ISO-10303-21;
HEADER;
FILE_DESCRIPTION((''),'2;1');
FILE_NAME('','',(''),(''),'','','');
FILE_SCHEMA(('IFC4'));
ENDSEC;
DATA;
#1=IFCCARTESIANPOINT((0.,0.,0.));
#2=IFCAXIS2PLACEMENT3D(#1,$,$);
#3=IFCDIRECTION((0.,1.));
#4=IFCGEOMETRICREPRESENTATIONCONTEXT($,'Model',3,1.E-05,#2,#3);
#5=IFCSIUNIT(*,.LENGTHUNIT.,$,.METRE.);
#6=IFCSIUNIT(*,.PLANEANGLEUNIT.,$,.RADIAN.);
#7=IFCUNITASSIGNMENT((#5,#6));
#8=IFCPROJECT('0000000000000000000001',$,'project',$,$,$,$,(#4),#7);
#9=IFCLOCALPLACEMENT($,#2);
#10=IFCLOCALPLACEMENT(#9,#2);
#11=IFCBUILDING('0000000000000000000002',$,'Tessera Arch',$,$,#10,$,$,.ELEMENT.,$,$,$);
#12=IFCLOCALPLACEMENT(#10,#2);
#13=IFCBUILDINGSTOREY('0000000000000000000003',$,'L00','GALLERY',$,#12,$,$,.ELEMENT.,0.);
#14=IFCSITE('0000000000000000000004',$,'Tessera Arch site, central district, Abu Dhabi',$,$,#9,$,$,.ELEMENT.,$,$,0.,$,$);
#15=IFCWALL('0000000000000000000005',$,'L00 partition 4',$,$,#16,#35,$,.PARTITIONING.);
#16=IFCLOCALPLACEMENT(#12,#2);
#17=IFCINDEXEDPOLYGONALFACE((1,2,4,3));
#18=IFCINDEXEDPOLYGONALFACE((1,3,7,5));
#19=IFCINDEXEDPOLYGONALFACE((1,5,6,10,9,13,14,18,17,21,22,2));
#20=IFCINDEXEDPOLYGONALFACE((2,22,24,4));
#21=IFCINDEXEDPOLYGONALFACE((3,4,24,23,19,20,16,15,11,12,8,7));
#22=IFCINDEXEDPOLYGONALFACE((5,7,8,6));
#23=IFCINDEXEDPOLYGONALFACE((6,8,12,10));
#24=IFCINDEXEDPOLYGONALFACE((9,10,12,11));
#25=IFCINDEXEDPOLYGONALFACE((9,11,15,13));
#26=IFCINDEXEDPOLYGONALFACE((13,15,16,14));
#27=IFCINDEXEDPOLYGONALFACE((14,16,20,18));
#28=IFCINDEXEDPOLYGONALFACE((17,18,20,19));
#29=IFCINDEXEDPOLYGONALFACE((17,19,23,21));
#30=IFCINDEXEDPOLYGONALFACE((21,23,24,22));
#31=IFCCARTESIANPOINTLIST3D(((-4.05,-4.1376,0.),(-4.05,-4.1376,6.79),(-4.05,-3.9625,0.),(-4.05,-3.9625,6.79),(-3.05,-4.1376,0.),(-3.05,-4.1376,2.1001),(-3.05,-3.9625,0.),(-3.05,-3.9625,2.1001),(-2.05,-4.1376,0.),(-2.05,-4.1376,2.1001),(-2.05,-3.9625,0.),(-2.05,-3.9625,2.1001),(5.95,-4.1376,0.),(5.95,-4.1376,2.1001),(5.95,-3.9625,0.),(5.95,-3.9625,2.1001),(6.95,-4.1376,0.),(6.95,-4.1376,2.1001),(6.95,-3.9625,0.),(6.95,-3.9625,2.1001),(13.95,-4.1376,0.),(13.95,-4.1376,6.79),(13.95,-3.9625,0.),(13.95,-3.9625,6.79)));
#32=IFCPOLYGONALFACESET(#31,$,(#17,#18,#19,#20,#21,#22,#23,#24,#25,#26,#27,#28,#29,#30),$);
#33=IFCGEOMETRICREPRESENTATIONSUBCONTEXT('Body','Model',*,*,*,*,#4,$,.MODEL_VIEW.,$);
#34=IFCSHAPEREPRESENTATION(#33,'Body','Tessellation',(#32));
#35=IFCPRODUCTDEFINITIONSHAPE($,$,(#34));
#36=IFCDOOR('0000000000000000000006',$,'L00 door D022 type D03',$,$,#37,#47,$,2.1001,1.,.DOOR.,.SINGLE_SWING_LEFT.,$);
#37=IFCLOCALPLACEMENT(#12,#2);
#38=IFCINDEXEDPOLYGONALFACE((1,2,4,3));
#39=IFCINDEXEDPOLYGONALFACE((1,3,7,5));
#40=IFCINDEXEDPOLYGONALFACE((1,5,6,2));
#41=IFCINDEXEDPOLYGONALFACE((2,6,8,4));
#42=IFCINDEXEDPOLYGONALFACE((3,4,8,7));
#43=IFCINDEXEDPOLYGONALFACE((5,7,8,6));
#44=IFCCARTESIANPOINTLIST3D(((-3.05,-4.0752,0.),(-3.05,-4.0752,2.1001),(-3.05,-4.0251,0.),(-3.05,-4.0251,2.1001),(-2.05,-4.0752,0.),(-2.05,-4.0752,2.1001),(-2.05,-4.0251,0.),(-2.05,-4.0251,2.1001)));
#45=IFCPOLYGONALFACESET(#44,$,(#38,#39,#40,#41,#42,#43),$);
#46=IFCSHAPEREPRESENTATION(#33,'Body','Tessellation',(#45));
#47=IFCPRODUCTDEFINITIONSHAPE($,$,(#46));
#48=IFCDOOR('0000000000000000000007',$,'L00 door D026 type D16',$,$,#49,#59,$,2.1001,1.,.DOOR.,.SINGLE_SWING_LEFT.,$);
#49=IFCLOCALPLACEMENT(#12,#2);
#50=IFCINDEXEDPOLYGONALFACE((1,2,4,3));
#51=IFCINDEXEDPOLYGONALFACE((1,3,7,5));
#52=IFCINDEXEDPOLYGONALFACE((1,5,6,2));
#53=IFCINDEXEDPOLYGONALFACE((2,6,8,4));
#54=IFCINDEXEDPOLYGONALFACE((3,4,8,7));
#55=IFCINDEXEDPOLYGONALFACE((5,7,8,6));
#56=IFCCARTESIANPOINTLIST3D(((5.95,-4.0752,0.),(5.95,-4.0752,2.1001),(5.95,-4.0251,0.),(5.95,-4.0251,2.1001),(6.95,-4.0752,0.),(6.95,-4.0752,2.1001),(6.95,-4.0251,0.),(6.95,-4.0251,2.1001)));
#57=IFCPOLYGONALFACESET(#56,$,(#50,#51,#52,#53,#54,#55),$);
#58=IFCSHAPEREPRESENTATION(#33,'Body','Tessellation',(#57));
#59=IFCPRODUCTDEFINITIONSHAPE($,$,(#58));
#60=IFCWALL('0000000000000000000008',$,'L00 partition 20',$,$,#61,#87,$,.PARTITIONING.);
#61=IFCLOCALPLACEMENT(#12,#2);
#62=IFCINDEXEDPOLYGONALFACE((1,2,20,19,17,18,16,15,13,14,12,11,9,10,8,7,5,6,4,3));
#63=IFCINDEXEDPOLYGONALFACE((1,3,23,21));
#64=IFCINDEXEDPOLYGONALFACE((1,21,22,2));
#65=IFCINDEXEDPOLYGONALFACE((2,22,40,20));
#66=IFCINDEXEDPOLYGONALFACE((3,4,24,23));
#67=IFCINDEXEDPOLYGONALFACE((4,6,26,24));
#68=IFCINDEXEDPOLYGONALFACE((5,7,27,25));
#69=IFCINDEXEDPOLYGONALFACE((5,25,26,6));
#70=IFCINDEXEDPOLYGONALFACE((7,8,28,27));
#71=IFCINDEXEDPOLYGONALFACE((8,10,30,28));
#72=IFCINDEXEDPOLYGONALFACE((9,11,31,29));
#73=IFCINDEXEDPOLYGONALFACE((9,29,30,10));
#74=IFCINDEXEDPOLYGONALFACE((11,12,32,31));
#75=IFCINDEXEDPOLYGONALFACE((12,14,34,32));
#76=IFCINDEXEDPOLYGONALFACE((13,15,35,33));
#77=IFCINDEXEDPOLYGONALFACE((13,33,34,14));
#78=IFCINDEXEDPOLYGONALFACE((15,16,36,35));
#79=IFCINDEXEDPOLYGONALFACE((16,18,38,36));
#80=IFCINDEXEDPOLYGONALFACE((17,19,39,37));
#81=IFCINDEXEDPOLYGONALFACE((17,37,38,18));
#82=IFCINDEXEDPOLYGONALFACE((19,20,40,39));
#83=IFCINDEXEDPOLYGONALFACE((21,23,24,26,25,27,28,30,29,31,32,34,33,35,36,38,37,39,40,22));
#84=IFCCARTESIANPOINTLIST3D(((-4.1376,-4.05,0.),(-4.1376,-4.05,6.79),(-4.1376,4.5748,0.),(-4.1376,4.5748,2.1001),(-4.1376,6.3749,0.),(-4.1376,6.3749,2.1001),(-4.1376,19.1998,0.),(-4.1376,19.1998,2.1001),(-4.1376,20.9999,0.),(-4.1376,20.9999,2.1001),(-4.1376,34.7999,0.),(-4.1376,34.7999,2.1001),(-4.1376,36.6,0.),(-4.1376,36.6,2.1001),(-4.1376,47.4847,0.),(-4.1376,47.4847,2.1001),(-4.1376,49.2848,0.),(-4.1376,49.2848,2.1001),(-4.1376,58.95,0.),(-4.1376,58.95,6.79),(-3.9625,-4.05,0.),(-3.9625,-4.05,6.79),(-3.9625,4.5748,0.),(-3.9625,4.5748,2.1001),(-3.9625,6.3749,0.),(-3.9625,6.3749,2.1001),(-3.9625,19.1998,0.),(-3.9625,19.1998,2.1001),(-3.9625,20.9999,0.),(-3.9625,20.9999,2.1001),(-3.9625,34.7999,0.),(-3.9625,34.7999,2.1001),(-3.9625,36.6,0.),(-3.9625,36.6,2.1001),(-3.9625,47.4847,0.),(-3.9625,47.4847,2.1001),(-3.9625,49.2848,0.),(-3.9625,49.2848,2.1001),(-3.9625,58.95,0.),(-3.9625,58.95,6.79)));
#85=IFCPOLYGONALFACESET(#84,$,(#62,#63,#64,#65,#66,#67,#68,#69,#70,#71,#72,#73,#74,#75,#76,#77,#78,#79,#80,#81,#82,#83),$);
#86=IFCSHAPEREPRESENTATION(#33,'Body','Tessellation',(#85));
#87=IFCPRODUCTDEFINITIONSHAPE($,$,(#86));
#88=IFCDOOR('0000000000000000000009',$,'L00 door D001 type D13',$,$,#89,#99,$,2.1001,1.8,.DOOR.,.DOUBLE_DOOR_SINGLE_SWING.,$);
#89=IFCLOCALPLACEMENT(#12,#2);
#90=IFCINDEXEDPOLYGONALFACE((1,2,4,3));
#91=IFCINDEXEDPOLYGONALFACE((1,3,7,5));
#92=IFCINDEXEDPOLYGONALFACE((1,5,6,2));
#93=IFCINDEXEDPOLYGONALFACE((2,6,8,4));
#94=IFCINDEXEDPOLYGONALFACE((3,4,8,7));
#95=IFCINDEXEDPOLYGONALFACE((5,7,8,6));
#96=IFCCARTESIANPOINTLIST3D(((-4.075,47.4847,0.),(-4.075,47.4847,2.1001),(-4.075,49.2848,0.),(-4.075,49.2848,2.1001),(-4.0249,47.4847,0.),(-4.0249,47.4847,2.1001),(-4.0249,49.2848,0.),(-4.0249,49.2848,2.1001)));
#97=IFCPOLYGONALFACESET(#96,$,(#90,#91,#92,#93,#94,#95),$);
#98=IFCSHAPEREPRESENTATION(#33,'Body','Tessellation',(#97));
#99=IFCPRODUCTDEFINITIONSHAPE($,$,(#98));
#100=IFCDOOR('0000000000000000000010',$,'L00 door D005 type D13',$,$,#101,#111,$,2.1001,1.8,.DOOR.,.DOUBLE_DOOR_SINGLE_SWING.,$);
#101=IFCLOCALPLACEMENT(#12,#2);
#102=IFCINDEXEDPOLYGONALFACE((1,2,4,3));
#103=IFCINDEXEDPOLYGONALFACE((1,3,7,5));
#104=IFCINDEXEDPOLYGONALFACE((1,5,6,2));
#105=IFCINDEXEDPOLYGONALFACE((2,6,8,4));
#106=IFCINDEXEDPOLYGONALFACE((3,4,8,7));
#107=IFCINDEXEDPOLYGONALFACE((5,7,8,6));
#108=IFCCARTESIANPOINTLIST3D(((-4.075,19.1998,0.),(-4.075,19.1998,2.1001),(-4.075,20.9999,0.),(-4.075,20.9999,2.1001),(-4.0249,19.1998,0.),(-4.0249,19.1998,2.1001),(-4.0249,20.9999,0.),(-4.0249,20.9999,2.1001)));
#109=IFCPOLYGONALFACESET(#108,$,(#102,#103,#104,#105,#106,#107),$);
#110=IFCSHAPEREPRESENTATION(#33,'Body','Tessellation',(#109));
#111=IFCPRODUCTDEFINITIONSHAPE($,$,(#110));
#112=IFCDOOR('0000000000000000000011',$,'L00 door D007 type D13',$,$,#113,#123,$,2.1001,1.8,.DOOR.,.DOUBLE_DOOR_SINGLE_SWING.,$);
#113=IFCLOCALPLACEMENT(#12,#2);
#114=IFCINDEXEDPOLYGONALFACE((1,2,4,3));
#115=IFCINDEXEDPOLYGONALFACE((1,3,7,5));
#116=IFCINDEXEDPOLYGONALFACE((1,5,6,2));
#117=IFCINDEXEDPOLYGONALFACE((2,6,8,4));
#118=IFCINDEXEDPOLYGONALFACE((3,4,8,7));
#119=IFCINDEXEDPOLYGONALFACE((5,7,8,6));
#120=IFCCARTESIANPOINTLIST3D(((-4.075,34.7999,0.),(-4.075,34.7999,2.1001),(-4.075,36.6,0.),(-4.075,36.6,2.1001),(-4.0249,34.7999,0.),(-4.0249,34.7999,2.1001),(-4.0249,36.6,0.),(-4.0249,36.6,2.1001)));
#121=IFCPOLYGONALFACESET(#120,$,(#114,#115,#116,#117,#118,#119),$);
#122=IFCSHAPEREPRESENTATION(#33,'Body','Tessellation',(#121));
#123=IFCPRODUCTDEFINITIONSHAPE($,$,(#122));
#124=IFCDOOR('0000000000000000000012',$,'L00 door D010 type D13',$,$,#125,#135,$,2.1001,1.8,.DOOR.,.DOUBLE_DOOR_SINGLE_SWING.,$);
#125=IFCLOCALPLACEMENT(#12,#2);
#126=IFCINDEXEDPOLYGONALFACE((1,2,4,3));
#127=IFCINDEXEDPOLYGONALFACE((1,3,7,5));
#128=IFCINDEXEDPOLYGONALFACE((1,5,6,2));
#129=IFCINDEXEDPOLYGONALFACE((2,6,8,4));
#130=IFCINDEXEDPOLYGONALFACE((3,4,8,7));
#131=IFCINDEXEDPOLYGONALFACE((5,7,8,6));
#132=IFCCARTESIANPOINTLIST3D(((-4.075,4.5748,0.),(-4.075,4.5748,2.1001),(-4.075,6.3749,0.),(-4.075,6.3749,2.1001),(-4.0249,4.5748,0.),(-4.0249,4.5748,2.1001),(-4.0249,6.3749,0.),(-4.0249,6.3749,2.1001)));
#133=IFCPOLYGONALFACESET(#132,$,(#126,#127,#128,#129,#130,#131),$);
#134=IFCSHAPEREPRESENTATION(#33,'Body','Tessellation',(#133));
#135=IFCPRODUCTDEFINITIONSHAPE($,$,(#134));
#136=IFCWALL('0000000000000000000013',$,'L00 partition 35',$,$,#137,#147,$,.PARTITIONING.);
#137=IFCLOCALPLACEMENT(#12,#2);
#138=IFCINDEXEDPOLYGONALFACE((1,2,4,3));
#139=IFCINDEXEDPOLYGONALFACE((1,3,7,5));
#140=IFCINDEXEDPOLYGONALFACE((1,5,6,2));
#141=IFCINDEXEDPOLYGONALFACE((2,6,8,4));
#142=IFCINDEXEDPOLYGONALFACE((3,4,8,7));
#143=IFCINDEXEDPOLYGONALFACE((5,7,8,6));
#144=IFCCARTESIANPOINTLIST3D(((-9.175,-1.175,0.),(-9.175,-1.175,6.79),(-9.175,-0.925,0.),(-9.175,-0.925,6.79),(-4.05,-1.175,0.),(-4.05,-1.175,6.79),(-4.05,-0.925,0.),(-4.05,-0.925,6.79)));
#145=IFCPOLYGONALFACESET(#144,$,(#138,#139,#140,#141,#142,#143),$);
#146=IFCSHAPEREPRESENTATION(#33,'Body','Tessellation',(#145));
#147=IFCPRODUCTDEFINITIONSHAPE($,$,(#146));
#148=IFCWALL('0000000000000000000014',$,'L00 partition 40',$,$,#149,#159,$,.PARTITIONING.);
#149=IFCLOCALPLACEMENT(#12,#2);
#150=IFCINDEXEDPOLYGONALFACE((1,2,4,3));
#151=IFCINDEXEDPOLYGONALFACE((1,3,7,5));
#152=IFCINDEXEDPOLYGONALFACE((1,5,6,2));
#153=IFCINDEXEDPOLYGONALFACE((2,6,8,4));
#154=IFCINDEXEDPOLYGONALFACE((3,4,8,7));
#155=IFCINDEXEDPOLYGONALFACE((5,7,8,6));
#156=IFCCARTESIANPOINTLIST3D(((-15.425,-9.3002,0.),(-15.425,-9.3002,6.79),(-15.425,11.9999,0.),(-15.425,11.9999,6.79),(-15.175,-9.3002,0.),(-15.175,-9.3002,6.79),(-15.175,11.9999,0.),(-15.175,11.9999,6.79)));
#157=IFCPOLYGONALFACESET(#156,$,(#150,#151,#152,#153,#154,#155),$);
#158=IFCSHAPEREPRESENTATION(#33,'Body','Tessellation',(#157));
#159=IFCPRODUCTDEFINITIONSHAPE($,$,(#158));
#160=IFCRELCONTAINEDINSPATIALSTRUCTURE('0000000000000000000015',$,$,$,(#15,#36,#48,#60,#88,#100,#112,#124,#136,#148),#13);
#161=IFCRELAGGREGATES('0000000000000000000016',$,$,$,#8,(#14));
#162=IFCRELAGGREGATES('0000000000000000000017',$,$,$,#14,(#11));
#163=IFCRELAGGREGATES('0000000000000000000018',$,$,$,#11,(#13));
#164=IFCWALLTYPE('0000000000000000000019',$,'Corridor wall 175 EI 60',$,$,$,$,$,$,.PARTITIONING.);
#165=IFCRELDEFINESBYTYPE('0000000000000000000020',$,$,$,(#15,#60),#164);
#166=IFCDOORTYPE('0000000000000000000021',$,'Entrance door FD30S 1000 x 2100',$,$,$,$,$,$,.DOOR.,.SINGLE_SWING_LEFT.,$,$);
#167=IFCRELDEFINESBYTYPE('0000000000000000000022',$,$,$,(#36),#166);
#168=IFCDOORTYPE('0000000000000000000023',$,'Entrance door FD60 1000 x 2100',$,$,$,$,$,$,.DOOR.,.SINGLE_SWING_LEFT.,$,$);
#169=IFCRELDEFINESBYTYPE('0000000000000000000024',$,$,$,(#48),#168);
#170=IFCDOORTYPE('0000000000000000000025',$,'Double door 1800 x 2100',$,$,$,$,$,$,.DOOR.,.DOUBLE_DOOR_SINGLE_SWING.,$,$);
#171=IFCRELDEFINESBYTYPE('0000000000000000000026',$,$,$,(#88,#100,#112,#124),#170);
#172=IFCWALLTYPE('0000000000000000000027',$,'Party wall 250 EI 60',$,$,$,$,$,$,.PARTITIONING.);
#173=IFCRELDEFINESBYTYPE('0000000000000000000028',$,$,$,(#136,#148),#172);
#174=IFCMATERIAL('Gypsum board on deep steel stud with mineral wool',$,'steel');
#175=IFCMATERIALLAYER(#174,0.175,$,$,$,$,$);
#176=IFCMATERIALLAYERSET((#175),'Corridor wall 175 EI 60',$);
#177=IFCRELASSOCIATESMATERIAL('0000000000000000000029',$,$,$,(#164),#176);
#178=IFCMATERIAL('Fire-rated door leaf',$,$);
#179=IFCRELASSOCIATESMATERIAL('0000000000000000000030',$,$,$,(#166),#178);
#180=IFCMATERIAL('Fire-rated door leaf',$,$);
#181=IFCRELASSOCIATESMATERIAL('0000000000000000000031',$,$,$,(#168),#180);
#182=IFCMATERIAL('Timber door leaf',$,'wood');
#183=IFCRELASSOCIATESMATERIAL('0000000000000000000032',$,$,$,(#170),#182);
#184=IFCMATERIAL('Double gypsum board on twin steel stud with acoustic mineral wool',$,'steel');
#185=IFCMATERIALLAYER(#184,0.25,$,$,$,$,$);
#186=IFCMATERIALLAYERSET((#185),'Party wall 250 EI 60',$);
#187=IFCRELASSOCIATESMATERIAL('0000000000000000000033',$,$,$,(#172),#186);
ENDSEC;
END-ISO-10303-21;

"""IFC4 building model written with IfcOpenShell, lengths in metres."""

from ifc_helpers import new_model, si_unit, direction, frame, frame_2d, origin, place, context, subcontext, project, spatial, rectangle, extrude, material, layer, layer_set, type_object, element, fill, save


model = new_model("IFC4")

# Units and contexts
model_context = context("Model", 3, precision=1e-05, world=origin(), true_north=direction((0.0, 1.0)))
body_context = subcontext(model_context, "Body", "Model", "MODEL_VIEW")
ifc_project = project(units=[si_unit("LENGTHUNIT", "METRE"), si_unit("PLANEANGLEUNIT", "RADIAN")], contexts=[model_context])

# Site, building, storey
site_placement = place(None, origin())
site = spatial("IfcSite", under=ifc_project, at=site_placement, Name="Tessera Arch site, central district, Abu Dhabi", CompositionType="ELEMENT", RefElevation=0.0)
building_placement = place(site_placement, origin())
building = spatial("IfcBuilding", under=site, at=building_placement, Name="Tessera Arch", CompositionType="ELEMENT")
storey_placement = place(building_placement, origin())
storey = spatial("IfcBuildingStorey", under=building, at=storey_placement, Name="L00", Description="GALLERY", CompositionType="ELEMENT", Elevation=0.0)

# Walls, openings, doors
ifc_material_1 = material(Name="Gypsum board on deep steel stud with mineral wool", Category="steel")
ifc_layer_1 = layer(ifc_material_1, 0.175)
ifc_layer_set_1 = layer_set([ifc_layer_1], Name="Corridor wall 175 EI 60")
wall_type_1 = type_object("IfcWallType", Name="Corridor wall 175 EI 60", PredefinedType="PARTITIONING", material=ifc_layer_set_1)
wall_1_placement = place(storey_placement, frame((-4.05, -4.05, 0.0), z_axis=(0.0, 0.0, 1.0), x_axis=(1.0, 0.0, 0.0)))
wall_1 = element("IfcWall", 1, at=wall_1_placement, inside=storey, type_object=wall_type_1, Name="L00 partition 4", PredefinedType="PARTITIONING", context=body_context, shape_type="SweptSolid", body=[
    extrude(rectangle(XDim=18.0, YDim=0.175, at=frame_2d((9.0, 0.0))), origin(), (0.0, 0.0, 1.0), 6.79),
])
opening_1_placement = place(wall_1_placement, frame((1.0, 0.0, 0.0)))
opening_1 = element("IfcOpeningElement", 2, at=opening_1_placement, cuts=wall_1, PredefinedType="OPENING", context=body_context, shape_type="SweptSolid", body=[
    extrude(rectangle(XDim=1.0, YDim=2.1001, at=frame_2d((0.5, 1.05))), frame((0.0, 0.0974, 0.0), z_axis=(0.0, -1.0, 0.0), x_axis=(1.0, 0.0, 0.0)), (0.0, 0.0, 1.0), 0.1951),
])
opening_2_placement = place(wall_1_placement, frame((10.0, 0.0, 0.0)))
opening_2 = element("IfcOpeningElement", 3, at=opening_2_placement, cuts=wall_1, PredefinedType="OPENING", context=body_context, shape_type="SweptSolid", body=[
    extrude(rectangle(XDim=1.0, YDim=2.1001, at=frame_2d((0.5, 1.05))), frame((0.0, 0.0974, 0.0), z_axis=(0.0, -1.0, 0.0), x_axis=(1.0, 0.0, 0.0)), (0.0, 0.0, 1.0), 0.1951),
])
ifc_material_2 = material(Name="Fire-rated door leaf")
door_type_1 = type_object("IfcDoorType", Name="Entrance door FD30S 1000 x 2100", OperationType="SINGLE_SWING_LEFT", PredefinedType="DOOR", material=ifc_material_2)
door_1_placement = place(opening_1_placement, origin())
door_1 = element("IfcDoor", 4, at=door_1_placement, inside=storey, type_object=door_type_1, Name="L00 door D022 type D03", OperationType="SINGLE_SWING_LEFT", OverallHeight=2.1001, OverallWidth=1.0, PredefinedType="DOOR", context=body_context, shape_type="SweptSolid", body=[
    extrude(rectangle(XDim=1.0, YDim=2.1001, at=frame_2d((0.5, 1.05))), frame((0.0, 0.0249, 0.0), z_axis=(0.0, -1.0, 0.0), x_axis=(1.0, 0.0, 0.0)), (0.0, 0.0, 1.0), 0.05),
])
fill(opening_1, door_1)
ifc_material_3 = material(Name="Fire-rated door leaf")
door_type_2 = type_object("IfcDoorType", Name="Entrance door FD60 1000 x 2100", OperationType="SINGLE_SWING_LEFT", PredefinedType="DOOR", material=ifc_material_3)
door_2_placement = place(opening_2_placement, origin())
door_2 = element("IfcDoor", 5, at=door_2_placement, inside=storey, type_object=door_type_2, Name="L00 door D026 type D16", OperationType="SINGLE_SWING_LEFT", OverallHeight=2.1001, OverallWidth=1.0, PredefinedType="DOOR", context=body_context, shape_type="SweptSolid", body=[
    extrude(rectangle(XDim=1.0, YDim=2.1001, at=frame_2d((0.5, 1.05))), frame((0.0, 0.0249, 0.0), z_axis=(0.0, -1.0, 0.0), x_axis=(1.0, 0.0, 0.0)), (0.0, 0.0, 1.0), 0.05),
])
fill(opening_2, door_2)
wall_2_placement = place(storey_placement, frame((-4.05, -4.05, 0.0), z_axis=(0.0, 0.0, 1.0), x_axis=(0.0, 1.0, 0.0)))
wall_2 = element("IfcWall", 6, at=wall_2_placement, inside=storey, type_object=wall_type_1, Name="L00 partition 20", PredefinedType="PARTITIONING", context=body_context, shape_type="SweptSolid", body=[
    extrude(rectangle(XDim=63.0, YDim=0.175, at=frame_2d((31.5, 0.0))), origin(), (0.0, 0.0, 1.0), 6.79),
])
opening_3_placement = place(wall_2_placement, frame((51.5349, 0.0, 0.0)))
opening_3 = element("IfcOpeningElement", 7, at=opening_3_placement, cuts=wall_2, PredefinedType="OPENING", context=body_context, shape_type="SweptSolid", body=[
    extrude(rectangle(XDim=1.8, YDim=2.1001, at=frame_2d((0.8999, 1.05))), frame((0.0, 0.0974, 0.0), z_axis=(0.0, -1.0, 0.0), x_axis=(1.0, 0.0, 0.0)), (0.0, 0.0, 1.0), 0.1951),
])
opening_4_placement = place(wall_2_placement, frame((23.25, 0.0, 0.0)))
opening_4 = element("IfcOpeningElement", 8, at=opening_4_placement, cuts=wall_2, PredefinedType="OPENING", context=body_context, shape_type="SweptSolid", body=[
    extrude(rectangle(XDim=1.8, YDim=2.1001, at=frame_2d((0.8999, 1.05))), frame((0.0, 0.0974, 0.0), z_axis=(0.0, -1.0, 0.0), x_axis=(1.0, 0.0, 0.0)), (0.0, 0.0, 1.0), 0.1951),
])
opening_5_placement = place(wall_2_placement, frame((38.8501, 0.0, 0.0)))
opening_5 = element("IfcOpeningElement", 9, at=opening_5_placement, cuts=wall_2, PredefinedType="OPENING", context=body_context, shape_type="SweptSolid", body=[
    extrude(rectangle(XDim=1.8, YDim=2.1001, at=frame_2d((0.8999, 1.05))), frame((0.0, 0.0974, 0.0), z_axis=(0.0, -1.0, 0.0), x_axis=(1.0, 0.0, 0.0)), (0.0, 0.0, 1.0), 0.1951),
])
opening_6_placement = place(wall_2_placement, frame((8.625, 0.0, 0.0)))
opening_6 = element("IfcOpeningElement", 10, at=opening_6_placement, cuts=wall_2, PredefinedType="OPENING", context=body_context, shape_type="SweptSolid", body=[
    extrude(rectangle(XDim=1.8, YDim=2.1001, at=frame_2d((0.8999, 1.05))), frame((0.0, 0.0974, 0.0), z_axis=(0.0, -1.0, 0.0), x_axis=(1.0, 0.0, 0.0)), (0.0, 0.0, 1.0), 0.1951),
])
ifc_material_4 = material(Name="Timber door leaf", Category="wood")
door_type_3 = type_object("IfcDoorType", Name="Double door 1800 x 2100", OperationType="DOUBLE_DOOR_SINGLE_SWING", PredefinedType="DOOR", material=ifc_material_4)
door_3_placement = place(opening_3_placement, origin())
door_3 = element("IfcDoor", 11, at=door_3_placement, inside=storey, type_object=door_type_3, Name="L00 door D001 type D13", OperationType="DOUBLE_DOOR_SINGLE_SWING", OverallHeight=2.1001, OverallWidth=1.8, PredefinedType="DOOR", context=body_context, shape_type="SweptSolid", body=[
    extrude(rectangle(XDim=1.8, YDim=2.1001, at=frame_2d((0.8999, 1.05))), frame((0.0, 0.0249, 0.0), z_axis=(0.0, -1.0, 0.0), x_axis=(1.0, 0.0, 0.0)), (0.0, 0.0, 1.0), 0.05),
])
fill(opening_3, door_3)
door_4_placement = place(opening_4_placement, origin())
door_4 = element("IfcDoor", 12, at=door_4_placement, inside=storey, type_object=door_type_3, Name="L00 door D005 type D13", OperationType="DOUBLE_DOOR_SINGLE_SWING", OverallHeight=2.1001, OverallWidth=1.8, PredefinedType="DOOR", context=body_context, shape_type="SweptSolid", body=[
    extrude(rectangle(XDim=1.8, YDim=2.1001, at=frame_2d((0.8999, 1.05))), frame((0.0, 0.0249, 0.0), z_axis=(0.0, -1.0, 0.0), x_axis=(1.0, 0.0, 0.0)), (0.0, 0.0, 1.0), 0.05),
])
fill(opening_4, door_4)
door_5_placement = place(opening_5_placement, origin())
door_5 = element("IfcDoor", 13, at=door_5_placement, inside=storey, type_object=door_type_3, Name="L00 door D007 type D13", OperationType="DOUBLE_DOOR_SINGLE_SWING", OverallHeight=2.1001, OverallWidth=1.8, PredefinedType="DOOR", context=body_context, shape_type="SweptSolid", body=[
    extrude(rectangle(XDim=1.8, YDim=2.1001, at=frame_2d((0.8999, 1.05))), frame((0.0, 0.0249, 0.0), z_axis=(0.0, -1.0, 0.0), x_axis=(1.0, 0.0, 0.0)), (0.0, 0.0, 1.0), 0.05),
])
fill(opening_5, door_5)
door_6_placement = place(opening_6_placement, origin())
door_6 = element("IfcDoor", 14, at=door_6_placement, inside=storey, type_object=door_type_3, Name="L00 door D010 type D13", OperationType="DOUBLE_DOOR_SINGLE_SWING", OverallHeight=2.1001, OverallWidth=1.8, PredefinedType="DOOR", context=body_context, shape_type="SweptSolid", body=[
    extrude(rectangle(XDim=1.8, YDim=2.1001, at=frame_2d((0.8999, 1.05))), frame((0.0, 0.0249, 0.0), z_axis=(0.0, -1.0, 0.0), x_axis=(1.0, 0.0, 0.0)), (0.0, 0.0, 1.0), 0.05),
])
fill(opening_6, door_6)

# Walls
ifc_material_5 = material(Name="Double gypsum board on twin steel stud with acoustic mineral wool", Category="steel")
ifc_layer_2 = layer(ifc_material_5, 0.25)
ifc_layer_set_2 = layer_set([ifc_layer_2], Name="Party wall 250 EI 60")
wall_type_2 = type_object("IfcWallType", Name="Party wall 250 EI 60", PredefinedType="PARTITIONING", material=ifc_layer_set_2)
wall_3_placement = place(storey_placement, frame((-9.175, -1.05, 0.0), z_axis=(0.0, 0.0, 1.0), x_axis=(1.0, 0.0, 0.0)))
element("IfcWall", 15, at=wall_3_placement, inside=storey, type_object=wall_type_2, Name="L00 partition 35", PredefinedType="PARTITIONING", context=body_context, shape_type="SweptSolid", body=[
    extrude(rectangle(XDim=5.125, YDim=0.25, at=frame_2d((2.5625, 0.0))), origin(), (0.0, 0.0, 1.0), 6.79),
])
wall_4_placement = place(storey_placement, frame((-15.3, -9.3, 0.0), z_axis=(0.0, 0.0, 1.0), x_axis=(0.0, 1.0, 0.0)))
element("IfcWall", 16, at=wall_4_placement, inside=storey, type_object=wall_type_2, Name="L00 partition 40", PredefinedType="PARTITIONING", context=body_context, shape_type="SweptSolid", body=[
    extrude(rectangle(XDim=21.3, YDim=0.25, at=frame_2d((10.6499, 0.0))), origin(), (0.0, 0.0, 1.0), 6.79),
])

save(model, "model.ifc")
